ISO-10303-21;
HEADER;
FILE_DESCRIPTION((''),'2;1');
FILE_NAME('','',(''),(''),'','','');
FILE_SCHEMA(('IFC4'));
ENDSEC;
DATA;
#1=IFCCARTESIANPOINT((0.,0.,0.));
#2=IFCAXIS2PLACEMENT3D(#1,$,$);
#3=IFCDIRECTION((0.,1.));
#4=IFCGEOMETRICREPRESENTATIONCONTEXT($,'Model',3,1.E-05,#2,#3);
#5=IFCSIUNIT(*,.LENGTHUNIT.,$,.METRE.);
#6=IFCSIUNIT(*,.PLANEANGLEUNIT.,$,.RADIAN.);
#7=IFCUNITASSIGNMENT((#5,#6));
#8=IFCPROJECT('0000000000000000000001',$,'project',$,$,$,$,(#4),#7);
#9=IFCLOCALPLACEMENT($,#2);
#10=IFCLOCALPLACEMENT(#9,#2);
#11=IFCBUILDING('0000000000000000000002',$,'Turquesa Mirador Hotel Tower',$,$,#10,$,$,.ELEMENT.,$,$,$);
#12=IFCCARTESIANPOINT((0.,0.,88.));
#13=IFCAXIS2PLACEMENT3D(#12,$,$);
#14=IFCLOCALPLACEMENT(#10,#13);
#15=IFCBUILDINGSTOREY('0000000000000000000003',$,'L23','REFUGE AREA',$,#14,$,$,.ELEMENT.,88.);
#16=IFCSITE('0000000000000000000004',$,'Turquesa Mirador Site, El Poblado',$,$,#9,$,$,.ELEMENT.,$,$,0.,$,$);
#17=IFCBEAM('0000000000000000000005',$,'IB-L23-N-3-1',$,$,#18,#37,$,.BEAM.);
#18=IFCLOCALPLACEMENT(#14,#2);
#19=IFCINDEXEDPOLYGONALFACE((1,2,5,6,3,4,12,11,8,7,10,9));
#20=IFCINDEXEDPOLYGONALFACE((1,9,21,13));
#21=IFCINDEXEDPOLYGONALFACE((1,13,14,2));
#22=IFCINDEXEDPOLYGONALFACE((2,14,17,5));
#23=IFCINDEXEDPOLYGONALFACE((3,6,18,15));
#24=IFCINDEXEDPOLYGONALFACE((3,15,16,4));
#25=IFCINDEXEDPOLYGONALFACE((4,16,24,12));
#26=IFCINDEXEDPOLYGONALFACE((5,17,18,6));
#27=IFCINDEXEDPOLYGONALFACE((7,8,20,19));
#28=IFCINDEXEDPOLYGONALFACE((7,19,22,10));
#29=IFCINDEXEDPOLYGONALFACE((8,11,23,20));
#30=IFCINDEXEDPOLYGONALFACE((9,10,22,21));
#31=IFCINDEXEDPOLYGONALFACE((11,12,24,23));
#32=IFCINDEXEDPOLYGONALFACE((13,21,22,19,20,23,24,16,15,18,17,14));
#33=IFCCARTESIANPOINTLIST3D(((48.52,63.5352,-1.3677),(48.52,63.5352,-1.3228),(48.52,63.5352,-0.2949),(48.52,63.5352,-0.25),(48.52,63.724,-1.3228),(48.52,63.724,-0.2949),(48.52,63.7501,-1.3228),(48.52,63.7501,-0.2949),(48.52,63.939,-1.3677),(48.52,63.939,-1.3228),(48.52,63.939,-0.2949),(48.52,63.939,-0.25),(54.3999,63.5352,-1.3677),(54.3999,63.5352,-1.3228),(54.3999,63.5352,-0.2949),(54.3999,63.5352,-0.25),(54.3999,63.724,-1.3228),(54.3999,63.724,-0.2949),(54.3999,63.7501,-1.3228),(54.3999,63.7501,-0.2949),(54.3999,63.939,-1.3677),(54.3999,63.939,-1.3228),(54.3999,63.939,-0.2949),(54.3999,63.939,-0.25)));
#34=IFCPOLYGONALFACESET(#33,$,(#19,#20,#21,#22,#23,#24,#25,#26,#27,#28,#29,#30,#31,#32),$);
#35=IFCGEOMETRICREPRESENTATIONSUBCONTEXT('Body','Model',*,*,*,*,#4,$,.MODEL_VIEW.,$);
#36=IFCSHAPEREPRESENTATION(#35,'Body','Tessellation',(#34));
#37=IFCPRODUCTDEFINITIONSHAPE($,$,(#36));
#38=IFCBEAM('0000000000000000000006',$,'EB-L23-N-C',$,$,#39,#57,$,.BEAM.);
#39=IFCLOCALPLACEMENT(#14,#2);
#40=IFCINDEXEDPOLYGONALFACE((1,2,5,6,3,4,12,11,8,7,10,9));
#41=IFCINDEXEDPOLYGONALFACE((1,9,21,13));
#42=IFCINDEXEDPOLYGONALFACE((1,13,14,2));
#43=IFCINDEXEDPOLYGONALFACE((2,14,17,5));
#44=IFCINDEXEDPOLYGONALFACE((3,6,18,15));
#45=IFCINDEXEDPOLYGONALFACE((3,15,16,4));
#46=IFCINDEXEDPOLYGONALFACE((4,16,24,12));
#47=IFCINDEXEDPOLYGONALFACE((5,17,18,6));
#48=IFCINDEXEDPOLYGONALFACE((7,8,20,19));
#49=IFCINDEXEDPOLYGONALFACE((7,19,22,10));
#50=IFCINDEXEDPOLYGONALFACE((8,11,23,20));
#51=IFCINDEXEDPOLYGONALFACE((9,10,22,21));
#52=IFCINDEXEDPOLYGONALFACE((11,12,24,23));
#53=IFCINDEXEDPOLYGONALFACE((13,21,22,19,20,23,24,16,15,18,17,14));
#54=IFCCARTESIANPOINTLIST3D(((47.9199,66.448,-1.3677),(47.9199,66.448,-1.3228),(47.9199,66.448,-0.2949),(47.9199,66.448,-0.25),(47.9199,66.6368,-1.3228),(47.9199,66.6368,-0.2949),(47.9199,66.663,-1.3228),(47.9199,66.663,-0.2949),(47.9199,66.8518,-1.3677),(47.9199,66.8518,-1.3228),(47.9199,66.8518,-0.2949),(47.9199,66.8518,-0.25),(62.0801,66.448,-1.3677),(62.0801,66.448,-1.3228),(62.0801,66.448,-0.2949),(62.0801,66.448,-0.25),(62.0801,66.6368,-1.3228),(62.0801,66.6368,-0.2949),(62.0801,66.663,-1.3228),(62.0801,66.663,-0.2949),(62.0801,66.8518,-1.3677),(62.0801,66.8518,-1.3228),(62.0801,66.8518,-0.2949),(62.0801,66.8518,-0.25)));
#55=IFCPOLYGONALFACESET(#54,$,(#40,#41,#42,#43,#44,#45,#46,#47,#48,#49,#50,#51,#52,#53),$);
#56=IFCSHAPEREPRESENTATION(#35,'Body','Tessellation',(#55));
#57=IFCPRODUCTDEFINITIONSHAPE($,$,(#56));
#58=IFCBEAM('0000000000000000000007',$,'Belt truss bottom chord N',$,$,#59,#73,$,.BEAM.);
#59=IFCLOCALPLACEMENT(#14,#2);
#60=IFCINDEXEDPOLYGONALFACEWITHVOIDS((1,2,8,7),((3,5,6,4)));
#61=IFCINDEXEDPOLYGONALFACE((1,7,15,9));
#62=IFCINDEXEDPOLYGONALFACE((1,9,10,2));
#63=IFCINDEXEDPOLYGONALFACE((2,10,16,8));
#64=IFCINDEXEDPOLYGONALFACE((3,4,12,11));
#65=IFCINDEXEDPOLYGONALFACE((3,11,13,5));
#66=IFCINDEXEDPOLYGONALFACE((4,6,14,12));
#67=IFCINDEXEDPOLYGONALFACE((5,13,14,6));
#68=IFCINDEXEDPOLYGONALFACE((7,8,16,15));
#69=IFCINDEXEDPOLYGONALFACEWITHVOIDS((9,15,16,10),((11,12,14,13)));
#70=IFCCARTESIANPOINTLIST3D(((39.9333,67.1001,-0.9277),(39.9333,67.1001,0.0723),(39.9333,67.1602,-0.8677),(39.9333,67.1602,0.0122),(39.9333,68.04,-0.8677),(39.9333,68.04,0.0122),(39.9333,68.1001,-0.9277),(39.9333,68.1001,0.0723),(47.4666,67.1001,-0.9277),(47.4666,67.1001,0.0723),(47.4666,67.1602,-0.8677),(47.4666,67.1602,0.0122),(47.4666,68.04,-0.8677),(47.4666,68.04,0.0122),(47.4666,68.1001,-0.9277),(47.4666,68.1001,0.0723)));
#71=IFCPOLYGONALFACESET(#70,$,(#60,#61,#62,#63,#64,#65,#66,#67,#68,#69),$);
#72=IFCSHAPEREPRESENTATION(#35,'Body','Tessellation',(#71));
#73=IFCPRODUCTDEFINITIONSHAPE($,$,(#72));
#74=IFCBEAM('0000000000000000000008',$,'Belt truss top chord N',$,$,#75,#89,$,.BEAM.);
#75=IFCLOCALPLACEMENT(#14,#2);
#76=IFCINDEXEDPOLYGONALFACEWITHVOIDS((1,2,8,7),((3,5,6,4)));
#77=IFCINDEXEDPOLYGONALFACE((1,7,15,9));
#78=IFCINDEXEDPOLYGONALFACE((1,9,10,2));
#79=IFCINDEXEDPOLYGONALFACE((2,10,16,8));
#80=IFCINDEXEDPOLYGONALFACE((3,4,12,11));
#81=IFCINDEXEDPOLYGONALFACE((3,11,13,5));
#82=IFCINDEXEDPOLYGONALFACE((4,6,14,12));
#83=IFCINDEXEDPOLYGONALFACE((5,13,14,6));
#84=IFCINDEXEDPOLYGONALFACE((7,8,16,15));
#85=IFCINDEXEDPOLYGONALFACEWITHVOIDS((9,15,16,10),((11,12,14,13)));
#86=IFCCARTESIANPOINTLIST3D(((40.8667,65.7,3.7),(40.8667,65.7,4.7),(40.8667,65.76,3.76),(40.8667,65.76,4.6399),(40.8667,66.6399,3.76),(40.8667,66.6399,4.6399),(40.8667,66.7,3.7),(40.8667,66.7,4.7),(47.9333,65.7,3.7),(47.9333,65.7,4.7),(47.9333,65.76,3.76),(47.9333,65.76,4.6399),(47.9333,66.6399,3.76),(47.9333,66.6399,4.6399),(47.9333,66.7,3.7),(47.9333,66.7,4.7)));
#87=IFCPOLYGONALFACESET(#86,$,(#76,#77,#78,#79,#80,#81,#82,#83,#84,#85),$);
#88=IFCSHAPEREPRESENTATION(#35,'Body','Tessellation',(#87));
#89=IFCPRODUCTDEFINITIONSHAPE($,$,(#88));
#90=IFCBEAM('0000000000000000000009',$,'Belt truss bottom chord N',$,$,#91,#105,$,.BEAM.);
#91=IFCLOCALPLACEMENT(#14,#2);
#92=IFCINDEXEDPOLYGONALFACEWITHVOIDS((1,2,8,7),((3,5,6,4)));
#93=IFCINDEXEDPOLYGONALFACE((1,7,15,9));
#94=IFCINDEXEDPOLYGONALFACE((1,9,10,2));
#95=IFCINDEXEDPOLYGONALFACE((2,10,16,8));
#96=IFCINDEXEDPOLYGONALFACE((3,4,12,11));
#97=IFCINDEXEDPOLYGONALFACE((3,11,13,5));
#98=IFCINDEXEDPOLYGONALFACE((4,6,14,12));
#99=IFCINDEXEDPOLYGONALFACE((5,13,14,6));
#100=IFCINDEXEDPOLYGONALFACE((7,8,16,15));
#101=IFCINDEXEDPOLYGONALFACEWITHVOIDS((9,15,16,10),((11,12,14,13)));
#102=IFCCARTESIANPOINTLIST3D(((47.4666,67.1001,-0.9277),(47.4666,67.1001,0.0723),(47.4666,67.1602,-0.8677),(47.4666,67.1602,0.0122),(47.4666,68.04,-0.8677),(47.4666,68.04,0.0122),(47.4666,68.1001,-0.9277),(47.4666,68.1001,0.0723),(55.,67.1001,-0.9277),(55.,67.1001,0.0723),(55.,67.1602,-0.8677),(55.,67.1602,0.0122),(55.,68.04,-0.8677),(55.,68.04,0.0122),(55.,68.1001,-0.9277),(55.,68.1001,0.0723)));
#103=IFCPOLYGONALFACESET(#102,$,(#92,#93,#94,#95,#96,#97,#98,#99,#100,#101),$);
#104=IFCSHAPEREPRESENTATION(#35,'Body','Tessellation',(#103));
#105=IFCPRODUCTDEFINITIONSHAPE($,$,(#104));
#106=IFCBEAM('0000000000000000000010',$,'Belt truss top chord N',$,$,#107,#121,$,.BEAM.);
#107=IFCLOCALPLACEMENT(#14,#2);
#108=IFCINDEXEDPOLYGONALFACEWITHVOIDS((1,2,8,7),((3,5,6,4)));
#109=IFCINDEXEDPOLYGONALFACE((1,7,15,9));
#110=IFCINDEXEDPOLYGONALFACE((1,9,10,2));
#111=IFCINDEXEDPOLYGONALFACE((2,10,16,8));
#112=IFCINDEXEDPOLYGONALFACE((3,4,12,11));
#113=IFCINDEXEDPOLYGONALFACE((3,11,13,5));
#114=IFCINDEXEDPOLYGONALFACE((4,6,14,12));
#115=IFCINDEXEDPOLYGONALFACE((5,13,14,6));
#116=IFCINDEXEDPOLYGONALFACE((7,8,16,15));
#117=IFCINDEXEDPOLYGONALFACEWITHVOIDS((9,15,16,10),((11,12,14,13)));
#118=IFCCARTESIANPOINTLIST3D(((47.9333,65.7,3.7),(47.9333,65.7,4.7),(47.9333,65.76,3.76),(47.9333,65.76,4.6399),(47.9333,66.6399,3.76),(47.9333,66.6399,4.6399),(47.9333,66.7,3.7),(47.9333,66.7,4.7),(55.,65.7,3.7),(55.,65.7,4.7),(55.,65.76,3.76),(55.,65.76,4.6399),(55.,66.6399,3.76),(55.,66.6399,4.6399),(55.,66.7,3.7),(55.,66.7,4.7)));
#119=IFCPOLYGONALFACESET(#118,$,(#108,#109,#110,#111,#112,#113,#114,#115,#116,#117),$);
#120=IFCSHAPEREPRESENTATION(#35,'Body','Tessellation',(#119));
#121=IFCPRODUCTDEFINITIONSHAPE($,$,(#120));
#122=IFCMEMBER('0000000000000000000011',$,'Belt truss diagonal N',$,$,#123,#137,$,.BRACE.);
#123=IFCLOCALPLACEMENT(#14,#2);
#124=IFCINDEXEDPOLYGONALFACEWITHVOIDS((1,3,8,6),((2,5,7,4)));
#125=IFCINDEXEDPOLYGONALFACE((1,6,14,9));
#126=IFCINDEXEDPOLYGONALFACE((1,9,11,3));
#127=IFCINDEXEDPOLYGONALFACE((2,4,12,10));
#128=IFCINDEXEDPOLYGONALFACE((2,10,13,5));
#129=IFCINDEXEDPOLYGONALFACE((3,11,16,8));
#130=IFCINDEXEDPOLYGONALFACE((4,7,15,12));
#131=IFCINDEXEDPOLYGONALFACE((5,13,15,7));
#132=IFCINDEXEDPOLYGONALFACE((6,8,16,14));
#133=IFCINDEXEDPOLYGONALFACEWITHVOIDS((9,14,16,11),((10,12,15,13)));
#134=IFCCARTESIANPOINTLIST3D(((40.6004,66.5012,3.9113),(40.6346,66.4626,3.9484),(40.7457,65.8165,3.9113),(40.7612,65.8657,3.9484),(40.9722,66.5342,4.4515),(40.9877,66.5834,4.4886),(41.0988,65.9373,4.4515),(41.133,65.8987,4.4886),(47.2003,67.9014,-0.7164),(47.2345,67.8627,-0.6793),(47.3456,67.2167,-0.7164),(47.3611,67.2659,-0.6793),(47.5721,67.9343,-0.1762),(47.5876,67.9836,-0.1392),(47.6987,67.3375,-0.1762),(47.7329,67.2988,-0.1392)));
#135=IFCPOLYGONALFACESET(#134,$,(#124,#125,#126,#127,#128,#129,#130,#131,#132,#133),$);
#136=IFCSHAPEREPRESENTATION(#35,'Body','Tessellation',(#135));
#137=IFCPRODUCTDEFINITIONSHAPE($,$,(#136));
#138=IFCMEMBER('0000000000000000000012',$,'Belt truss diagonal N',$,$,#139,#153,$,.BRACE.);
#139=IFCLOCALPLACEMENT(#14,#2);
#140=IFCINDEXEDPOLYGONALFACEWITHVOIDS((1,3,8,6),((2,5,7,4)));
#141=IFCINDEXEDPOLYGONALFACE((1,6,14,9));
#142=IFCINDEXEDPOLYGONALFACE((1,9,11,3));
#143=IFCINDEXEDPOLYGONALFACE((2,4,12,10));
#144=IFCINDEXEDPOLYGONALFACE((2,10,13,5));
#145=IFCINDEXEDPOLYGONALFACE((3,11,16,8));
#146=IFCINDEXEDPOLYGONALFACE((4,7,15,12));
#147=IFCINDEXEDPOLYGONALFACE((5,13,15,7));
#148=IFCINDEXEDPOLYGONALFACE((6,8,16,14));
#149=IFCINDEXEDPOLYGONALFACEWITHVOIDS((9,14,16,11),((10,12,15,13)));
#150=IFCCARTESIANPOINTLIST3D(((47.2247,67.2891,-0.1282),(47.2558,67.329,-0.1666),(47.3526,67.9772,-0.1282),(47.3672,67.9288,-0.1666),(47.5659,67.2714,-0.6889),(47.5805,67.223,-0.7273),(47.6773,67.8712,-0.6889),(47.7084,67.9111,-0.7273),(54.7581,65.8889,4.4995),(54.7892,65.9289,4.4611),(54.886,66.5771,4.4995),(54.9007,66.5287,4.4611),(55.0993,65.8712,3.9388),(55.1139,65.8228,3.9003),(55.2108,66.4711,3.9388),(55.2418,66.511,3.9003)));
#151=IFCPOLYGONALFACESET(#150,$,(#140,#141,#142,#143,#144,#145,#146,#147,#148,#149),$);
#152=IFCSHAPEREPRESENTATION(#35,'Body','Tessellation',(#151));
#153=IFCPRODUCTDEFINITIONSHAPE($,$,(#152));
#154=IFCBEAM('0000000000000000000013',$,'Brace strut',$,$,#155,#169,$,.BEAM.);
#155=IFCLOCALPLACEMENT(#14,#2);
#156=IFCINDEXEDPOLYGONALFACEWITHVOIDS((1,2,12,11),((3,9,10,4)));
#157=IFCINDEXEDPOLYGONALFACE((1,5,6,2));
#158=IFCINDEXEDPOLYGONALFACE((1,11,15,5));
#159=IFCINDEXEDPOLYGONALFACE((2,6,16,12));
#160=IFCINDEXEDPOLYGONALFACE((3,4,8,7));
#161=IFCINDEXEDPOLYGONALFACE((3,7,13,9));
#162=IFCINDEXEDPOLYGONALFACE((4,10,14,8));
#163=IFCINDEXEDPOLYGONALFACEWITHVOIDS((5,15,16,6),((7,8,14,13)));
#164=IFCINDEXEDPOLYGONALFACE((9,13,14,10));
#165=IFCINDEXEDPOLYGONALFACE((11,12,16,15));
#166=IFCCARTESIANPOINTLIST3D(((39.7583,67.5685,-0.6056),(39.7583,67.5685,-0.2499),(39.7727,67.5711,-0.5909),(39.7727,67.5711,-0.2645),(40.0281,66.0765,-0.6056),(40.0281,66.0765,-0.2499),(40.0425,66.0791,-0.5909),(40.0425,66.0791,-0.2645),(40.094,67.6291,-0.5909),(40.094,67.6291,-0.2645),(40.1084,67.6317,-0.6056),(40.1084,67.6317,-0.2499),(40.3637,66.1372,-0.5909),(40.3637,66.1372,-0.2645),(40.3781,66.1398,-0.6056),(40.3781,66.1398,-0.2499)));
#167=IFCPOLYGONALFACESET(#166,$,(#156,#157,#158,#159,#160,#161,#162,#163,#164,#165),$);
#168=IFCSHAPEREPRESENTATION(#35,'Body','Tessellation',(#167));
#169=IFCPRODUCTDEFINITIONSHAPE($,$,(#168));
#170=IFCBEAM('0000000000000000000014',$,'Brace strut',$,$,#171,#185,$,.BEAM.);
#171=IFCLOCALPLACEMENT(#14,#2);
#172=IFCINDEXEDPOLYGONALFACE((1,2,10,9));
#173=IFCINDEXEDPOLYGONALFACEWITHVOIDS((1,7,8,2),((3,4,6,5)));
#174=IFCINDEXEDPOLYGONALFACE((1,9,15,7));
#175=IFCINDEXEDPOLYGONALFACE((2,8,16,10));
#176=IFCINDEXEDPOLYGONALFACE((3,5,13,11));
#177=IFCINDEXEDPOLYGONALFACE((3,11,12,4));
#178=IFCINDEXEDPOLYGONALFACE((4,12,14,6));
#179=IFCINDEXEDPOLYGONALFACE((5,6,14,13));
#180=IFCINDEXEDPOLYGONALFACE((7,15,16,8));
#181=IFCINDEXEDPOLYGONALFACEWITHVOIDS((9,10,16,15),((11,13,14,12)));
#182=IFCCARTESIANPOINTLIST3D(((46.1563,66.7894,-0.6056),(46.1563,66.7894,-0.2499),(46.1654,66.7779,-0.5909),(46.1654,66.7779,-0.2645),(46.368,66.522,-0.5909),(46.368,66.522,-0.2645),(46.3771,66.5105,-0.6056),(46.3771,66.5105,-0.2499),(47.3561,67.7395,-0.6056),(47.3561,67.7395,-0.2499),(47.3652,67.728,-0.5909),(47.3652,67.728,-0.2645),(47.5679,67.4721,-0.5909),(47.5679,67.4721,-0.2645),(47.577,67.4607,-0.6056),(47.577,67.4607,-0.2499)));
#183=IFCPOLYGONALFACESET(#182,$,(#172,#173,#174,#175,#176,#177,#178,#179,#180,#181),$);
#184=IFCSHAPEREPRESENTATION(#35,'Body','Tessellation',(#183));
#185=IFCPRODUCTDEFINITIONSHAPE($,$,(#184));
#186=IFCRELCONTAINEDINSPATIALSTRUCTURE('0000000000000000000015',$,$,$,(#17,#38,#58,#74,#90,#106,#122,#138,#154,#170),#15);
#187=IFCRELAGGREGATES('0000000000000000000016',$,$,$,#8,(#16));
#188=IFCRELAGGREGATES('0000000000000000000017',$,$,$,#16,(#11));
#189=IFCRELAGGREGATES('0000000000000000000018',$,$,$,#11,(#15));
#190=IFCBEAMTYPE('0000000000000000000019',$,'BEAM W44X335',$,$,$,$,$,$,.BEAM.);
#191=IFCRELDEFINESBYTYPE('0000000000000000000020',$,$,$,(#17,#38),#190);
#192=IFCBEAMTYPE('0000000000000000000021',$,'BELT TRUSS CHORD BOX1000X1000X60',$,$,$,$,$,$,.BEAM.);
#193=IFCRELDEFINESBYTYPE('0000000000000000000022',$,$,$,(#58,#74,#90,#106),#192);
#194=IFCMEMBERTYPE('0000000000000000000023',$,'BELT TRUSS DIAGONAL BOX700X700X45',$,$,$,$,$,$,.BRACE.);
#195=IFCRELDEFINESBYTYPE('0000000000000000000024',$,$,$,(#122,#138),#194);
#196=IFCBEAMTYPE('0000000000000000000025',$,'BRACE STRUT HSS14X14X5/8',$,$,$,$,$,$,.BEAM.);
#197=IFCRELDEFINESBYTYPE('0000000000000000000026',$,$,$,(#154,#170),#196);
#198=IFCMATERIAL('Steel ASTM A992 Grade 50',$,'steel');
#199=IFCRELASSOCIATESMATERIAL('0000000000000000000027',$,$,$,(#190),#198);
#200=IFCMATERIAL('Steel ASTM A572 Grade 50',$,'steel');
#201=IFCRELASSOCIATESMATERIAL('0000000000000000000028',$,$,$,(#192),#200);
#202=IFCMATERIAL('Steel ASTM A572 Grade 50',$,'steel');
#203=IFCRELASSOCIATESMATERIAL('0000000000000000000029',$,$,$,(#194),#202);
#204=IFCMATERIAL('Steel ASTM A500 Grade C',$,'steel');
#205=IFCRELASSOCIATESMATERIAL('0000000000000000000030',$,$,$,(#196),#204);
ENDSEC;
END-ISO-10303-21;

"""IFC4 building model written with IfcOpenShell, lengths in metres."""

from ifc_helpers import new_model, si_unit, direction, frame, origin, origin_2d, place, context, subcontext, project, spatial, hollow_rectangle, i_section, extrude, material, material_profile, profile_set, type_object, element, save


model = new_model("IFC4")

# Units and contexts
model_context = context("Model", 3, precision=1e-05, world=origin(), true_north=direction((0.0, 1.0)))
body_context = subcontext(model_context, "Body", "Model", "MODEL_VIEW")
ifc_project = project(units=[si_unit("LENGTHUNIT", "METRE"), si_unit("PLANEANGLEUNIT", "RADIAN")], contexts=[model_context])

# Site, building, storey
site_placement = place(None, origin())
site = spatial("IfcSite", under=ifc_project, at=site_placement, Name="Turquesa Mirador Site, El Poblado", CompositionType="ELEMENT", RefElevation=0.0)
building_placement = place(site_placement, origin())
building = spatial("IfcBuilding", under=site, at=building_placement, Name="Turquesa Mirador Hotel Tower", CompositionType="ELEMENT")
storey_placement = place(building_placement, frame((0.0, 0.0, 88.0)))
storey = spatial("IfcBuildingStorey", under=building, at=storey_placement, Name="L23", Description="REFUGE AREA", CompositionType="ELEMENT", Elevation=88.0)

# Beams
ifc_material_1 = material(Name="Steel ASTM A992 Grade 50", Category="steel")
ifc_material_profile_1 = material_profile(ifc_material_1, i_section(OverallWidth=0.4038, OverallDepth=1.1177, WebThickness=0.0261, FlangeThickness=0.0449, at=origin_2d()), Name="W44X335")
ifc_profile_set_1 = profile_set([ifc_material_profile_1], Name="Steel ASTM A992 Grade 50")
beam_type_1 = type_object("IfcBeamType", Name="BEAM W44X335", PredefinedType="BEAM", material=ifc_profile_set_1)
beam_1_placement = place(storey_placement, frame((48.52, 63.7371, -0.8088), z_axis=(1.0, 0.0, 0.0), x_axis=(0.0, 1.0, 0.0)))
element("IfcBeam", 1, at=beam_1_placement, inside=storey, type_object=beam_type_1, Name="IB-L23-N-3-1", PredefinedType="BEAM", context=body_context, shape_type="SweptSolid", body=[
    extrude(i_section(OverallWidth=0.4038, OverallDepth=1.1177, WebThickness=0.0261, FlangeThickness=0.0449, at=origin_2d()), origin(), (0.0, 0.0, 1.0), 5.8799),
])
beam_2_placement = place(storey_placement, frame((47.9199, 66.6499, -0.8088), z_axis=(1.0, 0.0, 0.0), x_axis=(0.0, 1.0, 0.0)))
element("IfcBeam", 2, at=beam_2_placement, inside=storey, type_object=beam_type_1, Name="EB-L23-N-C", PredefinedType="BEAM", context=body_context, shape_type="SweptSolid", body=[
    extrude(i_section(OverallWidth=0.4038, OverallDepth=1.1177, WebThickness=0.0261, FlangeThickness=0.0449, at=origin_2d()), origin(), (0.0, 0.0, 1.0), 14.1602),
])
ifc_material_2 = material(Name="Steel ASTM A572 Grade 50", Category="steel")
ifc_material_profile_2 = material_profile(ifc_material_2, hollow_rectangle(XDim=1.0, YDim=1.0, WallThickness=0.0601, at=origin_2d()), Name="BOX1000X1000X60")
ifc_profile_set_2 = profile_set([ifc_material_profile_2], Name="Steel ASTM A572 Grade 50")
beam_type_2 = type_object("IfcBeamType", Name="BELT TRUSS CHORD BOX1000X1000X60", PredefinedType="BEAM", material=ifc_profile_set_2)
beam_3_placement = place(storey_placement, frame((39.9333, 67.6001, -0.4277), z_axis=(1.0, 0.0, 0.0), x_axis=(0.0, 1.0, 0.0)))
element("IfcBeam", 3, at=beam_3_placement, inside=storey, type_object=beam_type_2, Name="Belt truss bottom chord N", PredefinedType="BEAM", context=body_context, shape_type="SweptSolid", body=[
    extrude(hollow_rectangle(XDim=1.0, YDim=1.0, WallThickness=0.0601, at=origin_2d()), origin(), (0.0, 0.0, 1.0), 7.5332),
])
beam_4_placement = place(storey_placement, frame((40.8667, 66.2, 4.2), z_axis=(1.0, 0.0, 0.0), x_axis=(0.0, 1.0, 0.0)))
element("IfcBeam", 4, at=beam_4_placement, inside=storey, type_object=beam_type_2, Name="Belt truss top chord N", PredefinedType="BEAM", context=body_context, shape_type="SweptSolid", body=[
    extrude(hollow_rectangle(XDim=1.0, YDim=1.0, WallThickness=0.0601, at=origin_2d()), origin(), (0.0, 0.0, 1.0), 7.0667),
])
beam_5_placement = place(storey_placement, frame((47.4666, 67.6001, -0.4277), z_axis=(1.0, 0.0, 0.0), x_axis=(0.0, 1.0, 0.0)))
element("IfcBeam", 5, at=beam_5_placement, inside=storey, type_object=beam_type_2, Name="Belt truss bottom chord N", PredefinedType="BEAM", context=body_context, shape_type="SweptSolid", body=[
    extrude(hollow_rectangle(XDim=1.0, YDim=1.0, WallThickness=0.0601, at=origin_2d()), origin(), (0.0, 0.0, 1.0), 7.5334),
])
beam_6_placement = place(storey_placement, frame((47.9333, 66.2, 4.2), z_axis=(1.0, 0.0, 0.0), x_axis=(0.0, 1.0, 0.0)))
element("IfcBeam", 6, at=beam_6_placement, inside=storey, type_object=beam_type_2, Name="Belt truss top chord N", PredefinedType="BEAM", context=body_context, shape_type="SweptSolid", body=[
    extrude(hollow_rectangle(XDim=1.0, YDim=1.0, WallThickness=0.0601, at=origin_2d()), origin(), (0.0, 0.0, 1.0), 7.0667),
])

# Members
ifc_material_3 = material(Name="Steel ASTM A572 Grade 50", Category="steel")
ifc_material_profile_3 = material_profile(ifc_material_3, hollow_rectangle(XDim=0.7, YDim=0.7, WallThickness=0.0449, at=origin_2d()), Name="BOX700X700X45")
ifc_profile_set_3 = profile_set([ifc_material_profile_3], Name="Steel ASTM A572 Grade 50")
member_type = type_object("IfcMemberType", Name="BELT TRUSS DIAGONAL BOX700X700X45", PredefinedType="BRACE", material=ifc_profile_set_3)
member_1_placement = place(storey_placement, frame((40.8667, 66.2, 4.2), z_axis=(0.806698, 0.171139, -0.565641), x_axis=(-0.207529, 0.978229, 0.0)))
element("IfcMember", 7, at=member_1_placement, inside=storey, type_object=member_type, Name="Belt truss diagonal N", PredefinedType="BRACE", context=body_context, shape_type="SweptSolid", body=[
    extrude(hollow_rectangle(XDim=0.7, YDim=0.7, WallThickness=0.0449, at=origin_2d()), origin(), (0.0, 0.0, 1.0), 8.1814),
])
member_2_placement = place(storey_placement, frame((47.4666, 67.6001, -0.4277), z_axis=(0.841588, -0.156415, 0.516975), x_axis=(0.182728, 0.983163, 0.0)))
element("IfcMember", 8, at=member_2_placement, inside=storey, type_object=member_type, Name="Belt truss diagonal N", PredefinedType="BRACE", context=body_context, shape_type="SweptSolid", body=[
    extrude(hollow_rectangle(XDim=0.7, YDim=0.7, WallThickness=0.0449, at=origin_2d()), origin(), (0.0, 0.0, 1.0), 8.9514),
])

# Beams
ifc_material_4 = material(Name="Steel ASTM A500 Grade C", Category="steel")
ifc_material_profile_4 = material_profile(ifc_material_4, hollow_rectangle(XDim=0.3557, YDim=0.3557, WallThickness=0.0146, at=origin_2d()), Name="HSS14X14X5/8")
ifc_profile_set_4 = profile_set([ifc_material_profile_4], Name="Steel ASTM A500 Grade C")
beam_type_3 = type_object("IfcBeamType", Name="BRACE STRUT HSS14X14X5/8", PredefinedType="BEAM", material=ifc_profile_set_4)
beam_7_placement = place(storey_placement, frame((39.9333, 67.6001, -0.4277), z_axis=(0.177936, -0.984042, 0.0), x_axis=(0.984042, 0.177936, 0.0)))
element("IfcBeam", 9, at=beam_7_placement, inside=storey, type_object=beam_type_3, Name="Brace strut", PredefinedType="BEAM", context=body_context, shape_type="SweptSolid", body=[
    extrude(hollow_rectangle(XDim=0.3557, YDim=0.3557, WallThickness=0.0146, at=origin_2d()), origin(), (0.0, 0.0, 1.0), 1.5161),
])
beam_8_placement = place(storey_placement, frame((47.4666, 67.6001, -0.4277), z_axis=(-0.783971, -0.620797, 0.0), x_axis=(0.620797, -0.783971, 0.0)))
element("IfcBeam", 10, at=beam_8_placement, inside=storey, type_object=beam_type_3, Name="Brace strut", PredefinedType="BEAM", context=body_context, shape_type="SweptSolid", body=[
    extrude(hollow_rectangle(XDim=0.3557, YDim=0.3557, WallThickness=0.0146, at=origin_2d()), origin(), (0.0, 0.0, 1.0), 1.5305),
])

save(model, "model.ifc")
